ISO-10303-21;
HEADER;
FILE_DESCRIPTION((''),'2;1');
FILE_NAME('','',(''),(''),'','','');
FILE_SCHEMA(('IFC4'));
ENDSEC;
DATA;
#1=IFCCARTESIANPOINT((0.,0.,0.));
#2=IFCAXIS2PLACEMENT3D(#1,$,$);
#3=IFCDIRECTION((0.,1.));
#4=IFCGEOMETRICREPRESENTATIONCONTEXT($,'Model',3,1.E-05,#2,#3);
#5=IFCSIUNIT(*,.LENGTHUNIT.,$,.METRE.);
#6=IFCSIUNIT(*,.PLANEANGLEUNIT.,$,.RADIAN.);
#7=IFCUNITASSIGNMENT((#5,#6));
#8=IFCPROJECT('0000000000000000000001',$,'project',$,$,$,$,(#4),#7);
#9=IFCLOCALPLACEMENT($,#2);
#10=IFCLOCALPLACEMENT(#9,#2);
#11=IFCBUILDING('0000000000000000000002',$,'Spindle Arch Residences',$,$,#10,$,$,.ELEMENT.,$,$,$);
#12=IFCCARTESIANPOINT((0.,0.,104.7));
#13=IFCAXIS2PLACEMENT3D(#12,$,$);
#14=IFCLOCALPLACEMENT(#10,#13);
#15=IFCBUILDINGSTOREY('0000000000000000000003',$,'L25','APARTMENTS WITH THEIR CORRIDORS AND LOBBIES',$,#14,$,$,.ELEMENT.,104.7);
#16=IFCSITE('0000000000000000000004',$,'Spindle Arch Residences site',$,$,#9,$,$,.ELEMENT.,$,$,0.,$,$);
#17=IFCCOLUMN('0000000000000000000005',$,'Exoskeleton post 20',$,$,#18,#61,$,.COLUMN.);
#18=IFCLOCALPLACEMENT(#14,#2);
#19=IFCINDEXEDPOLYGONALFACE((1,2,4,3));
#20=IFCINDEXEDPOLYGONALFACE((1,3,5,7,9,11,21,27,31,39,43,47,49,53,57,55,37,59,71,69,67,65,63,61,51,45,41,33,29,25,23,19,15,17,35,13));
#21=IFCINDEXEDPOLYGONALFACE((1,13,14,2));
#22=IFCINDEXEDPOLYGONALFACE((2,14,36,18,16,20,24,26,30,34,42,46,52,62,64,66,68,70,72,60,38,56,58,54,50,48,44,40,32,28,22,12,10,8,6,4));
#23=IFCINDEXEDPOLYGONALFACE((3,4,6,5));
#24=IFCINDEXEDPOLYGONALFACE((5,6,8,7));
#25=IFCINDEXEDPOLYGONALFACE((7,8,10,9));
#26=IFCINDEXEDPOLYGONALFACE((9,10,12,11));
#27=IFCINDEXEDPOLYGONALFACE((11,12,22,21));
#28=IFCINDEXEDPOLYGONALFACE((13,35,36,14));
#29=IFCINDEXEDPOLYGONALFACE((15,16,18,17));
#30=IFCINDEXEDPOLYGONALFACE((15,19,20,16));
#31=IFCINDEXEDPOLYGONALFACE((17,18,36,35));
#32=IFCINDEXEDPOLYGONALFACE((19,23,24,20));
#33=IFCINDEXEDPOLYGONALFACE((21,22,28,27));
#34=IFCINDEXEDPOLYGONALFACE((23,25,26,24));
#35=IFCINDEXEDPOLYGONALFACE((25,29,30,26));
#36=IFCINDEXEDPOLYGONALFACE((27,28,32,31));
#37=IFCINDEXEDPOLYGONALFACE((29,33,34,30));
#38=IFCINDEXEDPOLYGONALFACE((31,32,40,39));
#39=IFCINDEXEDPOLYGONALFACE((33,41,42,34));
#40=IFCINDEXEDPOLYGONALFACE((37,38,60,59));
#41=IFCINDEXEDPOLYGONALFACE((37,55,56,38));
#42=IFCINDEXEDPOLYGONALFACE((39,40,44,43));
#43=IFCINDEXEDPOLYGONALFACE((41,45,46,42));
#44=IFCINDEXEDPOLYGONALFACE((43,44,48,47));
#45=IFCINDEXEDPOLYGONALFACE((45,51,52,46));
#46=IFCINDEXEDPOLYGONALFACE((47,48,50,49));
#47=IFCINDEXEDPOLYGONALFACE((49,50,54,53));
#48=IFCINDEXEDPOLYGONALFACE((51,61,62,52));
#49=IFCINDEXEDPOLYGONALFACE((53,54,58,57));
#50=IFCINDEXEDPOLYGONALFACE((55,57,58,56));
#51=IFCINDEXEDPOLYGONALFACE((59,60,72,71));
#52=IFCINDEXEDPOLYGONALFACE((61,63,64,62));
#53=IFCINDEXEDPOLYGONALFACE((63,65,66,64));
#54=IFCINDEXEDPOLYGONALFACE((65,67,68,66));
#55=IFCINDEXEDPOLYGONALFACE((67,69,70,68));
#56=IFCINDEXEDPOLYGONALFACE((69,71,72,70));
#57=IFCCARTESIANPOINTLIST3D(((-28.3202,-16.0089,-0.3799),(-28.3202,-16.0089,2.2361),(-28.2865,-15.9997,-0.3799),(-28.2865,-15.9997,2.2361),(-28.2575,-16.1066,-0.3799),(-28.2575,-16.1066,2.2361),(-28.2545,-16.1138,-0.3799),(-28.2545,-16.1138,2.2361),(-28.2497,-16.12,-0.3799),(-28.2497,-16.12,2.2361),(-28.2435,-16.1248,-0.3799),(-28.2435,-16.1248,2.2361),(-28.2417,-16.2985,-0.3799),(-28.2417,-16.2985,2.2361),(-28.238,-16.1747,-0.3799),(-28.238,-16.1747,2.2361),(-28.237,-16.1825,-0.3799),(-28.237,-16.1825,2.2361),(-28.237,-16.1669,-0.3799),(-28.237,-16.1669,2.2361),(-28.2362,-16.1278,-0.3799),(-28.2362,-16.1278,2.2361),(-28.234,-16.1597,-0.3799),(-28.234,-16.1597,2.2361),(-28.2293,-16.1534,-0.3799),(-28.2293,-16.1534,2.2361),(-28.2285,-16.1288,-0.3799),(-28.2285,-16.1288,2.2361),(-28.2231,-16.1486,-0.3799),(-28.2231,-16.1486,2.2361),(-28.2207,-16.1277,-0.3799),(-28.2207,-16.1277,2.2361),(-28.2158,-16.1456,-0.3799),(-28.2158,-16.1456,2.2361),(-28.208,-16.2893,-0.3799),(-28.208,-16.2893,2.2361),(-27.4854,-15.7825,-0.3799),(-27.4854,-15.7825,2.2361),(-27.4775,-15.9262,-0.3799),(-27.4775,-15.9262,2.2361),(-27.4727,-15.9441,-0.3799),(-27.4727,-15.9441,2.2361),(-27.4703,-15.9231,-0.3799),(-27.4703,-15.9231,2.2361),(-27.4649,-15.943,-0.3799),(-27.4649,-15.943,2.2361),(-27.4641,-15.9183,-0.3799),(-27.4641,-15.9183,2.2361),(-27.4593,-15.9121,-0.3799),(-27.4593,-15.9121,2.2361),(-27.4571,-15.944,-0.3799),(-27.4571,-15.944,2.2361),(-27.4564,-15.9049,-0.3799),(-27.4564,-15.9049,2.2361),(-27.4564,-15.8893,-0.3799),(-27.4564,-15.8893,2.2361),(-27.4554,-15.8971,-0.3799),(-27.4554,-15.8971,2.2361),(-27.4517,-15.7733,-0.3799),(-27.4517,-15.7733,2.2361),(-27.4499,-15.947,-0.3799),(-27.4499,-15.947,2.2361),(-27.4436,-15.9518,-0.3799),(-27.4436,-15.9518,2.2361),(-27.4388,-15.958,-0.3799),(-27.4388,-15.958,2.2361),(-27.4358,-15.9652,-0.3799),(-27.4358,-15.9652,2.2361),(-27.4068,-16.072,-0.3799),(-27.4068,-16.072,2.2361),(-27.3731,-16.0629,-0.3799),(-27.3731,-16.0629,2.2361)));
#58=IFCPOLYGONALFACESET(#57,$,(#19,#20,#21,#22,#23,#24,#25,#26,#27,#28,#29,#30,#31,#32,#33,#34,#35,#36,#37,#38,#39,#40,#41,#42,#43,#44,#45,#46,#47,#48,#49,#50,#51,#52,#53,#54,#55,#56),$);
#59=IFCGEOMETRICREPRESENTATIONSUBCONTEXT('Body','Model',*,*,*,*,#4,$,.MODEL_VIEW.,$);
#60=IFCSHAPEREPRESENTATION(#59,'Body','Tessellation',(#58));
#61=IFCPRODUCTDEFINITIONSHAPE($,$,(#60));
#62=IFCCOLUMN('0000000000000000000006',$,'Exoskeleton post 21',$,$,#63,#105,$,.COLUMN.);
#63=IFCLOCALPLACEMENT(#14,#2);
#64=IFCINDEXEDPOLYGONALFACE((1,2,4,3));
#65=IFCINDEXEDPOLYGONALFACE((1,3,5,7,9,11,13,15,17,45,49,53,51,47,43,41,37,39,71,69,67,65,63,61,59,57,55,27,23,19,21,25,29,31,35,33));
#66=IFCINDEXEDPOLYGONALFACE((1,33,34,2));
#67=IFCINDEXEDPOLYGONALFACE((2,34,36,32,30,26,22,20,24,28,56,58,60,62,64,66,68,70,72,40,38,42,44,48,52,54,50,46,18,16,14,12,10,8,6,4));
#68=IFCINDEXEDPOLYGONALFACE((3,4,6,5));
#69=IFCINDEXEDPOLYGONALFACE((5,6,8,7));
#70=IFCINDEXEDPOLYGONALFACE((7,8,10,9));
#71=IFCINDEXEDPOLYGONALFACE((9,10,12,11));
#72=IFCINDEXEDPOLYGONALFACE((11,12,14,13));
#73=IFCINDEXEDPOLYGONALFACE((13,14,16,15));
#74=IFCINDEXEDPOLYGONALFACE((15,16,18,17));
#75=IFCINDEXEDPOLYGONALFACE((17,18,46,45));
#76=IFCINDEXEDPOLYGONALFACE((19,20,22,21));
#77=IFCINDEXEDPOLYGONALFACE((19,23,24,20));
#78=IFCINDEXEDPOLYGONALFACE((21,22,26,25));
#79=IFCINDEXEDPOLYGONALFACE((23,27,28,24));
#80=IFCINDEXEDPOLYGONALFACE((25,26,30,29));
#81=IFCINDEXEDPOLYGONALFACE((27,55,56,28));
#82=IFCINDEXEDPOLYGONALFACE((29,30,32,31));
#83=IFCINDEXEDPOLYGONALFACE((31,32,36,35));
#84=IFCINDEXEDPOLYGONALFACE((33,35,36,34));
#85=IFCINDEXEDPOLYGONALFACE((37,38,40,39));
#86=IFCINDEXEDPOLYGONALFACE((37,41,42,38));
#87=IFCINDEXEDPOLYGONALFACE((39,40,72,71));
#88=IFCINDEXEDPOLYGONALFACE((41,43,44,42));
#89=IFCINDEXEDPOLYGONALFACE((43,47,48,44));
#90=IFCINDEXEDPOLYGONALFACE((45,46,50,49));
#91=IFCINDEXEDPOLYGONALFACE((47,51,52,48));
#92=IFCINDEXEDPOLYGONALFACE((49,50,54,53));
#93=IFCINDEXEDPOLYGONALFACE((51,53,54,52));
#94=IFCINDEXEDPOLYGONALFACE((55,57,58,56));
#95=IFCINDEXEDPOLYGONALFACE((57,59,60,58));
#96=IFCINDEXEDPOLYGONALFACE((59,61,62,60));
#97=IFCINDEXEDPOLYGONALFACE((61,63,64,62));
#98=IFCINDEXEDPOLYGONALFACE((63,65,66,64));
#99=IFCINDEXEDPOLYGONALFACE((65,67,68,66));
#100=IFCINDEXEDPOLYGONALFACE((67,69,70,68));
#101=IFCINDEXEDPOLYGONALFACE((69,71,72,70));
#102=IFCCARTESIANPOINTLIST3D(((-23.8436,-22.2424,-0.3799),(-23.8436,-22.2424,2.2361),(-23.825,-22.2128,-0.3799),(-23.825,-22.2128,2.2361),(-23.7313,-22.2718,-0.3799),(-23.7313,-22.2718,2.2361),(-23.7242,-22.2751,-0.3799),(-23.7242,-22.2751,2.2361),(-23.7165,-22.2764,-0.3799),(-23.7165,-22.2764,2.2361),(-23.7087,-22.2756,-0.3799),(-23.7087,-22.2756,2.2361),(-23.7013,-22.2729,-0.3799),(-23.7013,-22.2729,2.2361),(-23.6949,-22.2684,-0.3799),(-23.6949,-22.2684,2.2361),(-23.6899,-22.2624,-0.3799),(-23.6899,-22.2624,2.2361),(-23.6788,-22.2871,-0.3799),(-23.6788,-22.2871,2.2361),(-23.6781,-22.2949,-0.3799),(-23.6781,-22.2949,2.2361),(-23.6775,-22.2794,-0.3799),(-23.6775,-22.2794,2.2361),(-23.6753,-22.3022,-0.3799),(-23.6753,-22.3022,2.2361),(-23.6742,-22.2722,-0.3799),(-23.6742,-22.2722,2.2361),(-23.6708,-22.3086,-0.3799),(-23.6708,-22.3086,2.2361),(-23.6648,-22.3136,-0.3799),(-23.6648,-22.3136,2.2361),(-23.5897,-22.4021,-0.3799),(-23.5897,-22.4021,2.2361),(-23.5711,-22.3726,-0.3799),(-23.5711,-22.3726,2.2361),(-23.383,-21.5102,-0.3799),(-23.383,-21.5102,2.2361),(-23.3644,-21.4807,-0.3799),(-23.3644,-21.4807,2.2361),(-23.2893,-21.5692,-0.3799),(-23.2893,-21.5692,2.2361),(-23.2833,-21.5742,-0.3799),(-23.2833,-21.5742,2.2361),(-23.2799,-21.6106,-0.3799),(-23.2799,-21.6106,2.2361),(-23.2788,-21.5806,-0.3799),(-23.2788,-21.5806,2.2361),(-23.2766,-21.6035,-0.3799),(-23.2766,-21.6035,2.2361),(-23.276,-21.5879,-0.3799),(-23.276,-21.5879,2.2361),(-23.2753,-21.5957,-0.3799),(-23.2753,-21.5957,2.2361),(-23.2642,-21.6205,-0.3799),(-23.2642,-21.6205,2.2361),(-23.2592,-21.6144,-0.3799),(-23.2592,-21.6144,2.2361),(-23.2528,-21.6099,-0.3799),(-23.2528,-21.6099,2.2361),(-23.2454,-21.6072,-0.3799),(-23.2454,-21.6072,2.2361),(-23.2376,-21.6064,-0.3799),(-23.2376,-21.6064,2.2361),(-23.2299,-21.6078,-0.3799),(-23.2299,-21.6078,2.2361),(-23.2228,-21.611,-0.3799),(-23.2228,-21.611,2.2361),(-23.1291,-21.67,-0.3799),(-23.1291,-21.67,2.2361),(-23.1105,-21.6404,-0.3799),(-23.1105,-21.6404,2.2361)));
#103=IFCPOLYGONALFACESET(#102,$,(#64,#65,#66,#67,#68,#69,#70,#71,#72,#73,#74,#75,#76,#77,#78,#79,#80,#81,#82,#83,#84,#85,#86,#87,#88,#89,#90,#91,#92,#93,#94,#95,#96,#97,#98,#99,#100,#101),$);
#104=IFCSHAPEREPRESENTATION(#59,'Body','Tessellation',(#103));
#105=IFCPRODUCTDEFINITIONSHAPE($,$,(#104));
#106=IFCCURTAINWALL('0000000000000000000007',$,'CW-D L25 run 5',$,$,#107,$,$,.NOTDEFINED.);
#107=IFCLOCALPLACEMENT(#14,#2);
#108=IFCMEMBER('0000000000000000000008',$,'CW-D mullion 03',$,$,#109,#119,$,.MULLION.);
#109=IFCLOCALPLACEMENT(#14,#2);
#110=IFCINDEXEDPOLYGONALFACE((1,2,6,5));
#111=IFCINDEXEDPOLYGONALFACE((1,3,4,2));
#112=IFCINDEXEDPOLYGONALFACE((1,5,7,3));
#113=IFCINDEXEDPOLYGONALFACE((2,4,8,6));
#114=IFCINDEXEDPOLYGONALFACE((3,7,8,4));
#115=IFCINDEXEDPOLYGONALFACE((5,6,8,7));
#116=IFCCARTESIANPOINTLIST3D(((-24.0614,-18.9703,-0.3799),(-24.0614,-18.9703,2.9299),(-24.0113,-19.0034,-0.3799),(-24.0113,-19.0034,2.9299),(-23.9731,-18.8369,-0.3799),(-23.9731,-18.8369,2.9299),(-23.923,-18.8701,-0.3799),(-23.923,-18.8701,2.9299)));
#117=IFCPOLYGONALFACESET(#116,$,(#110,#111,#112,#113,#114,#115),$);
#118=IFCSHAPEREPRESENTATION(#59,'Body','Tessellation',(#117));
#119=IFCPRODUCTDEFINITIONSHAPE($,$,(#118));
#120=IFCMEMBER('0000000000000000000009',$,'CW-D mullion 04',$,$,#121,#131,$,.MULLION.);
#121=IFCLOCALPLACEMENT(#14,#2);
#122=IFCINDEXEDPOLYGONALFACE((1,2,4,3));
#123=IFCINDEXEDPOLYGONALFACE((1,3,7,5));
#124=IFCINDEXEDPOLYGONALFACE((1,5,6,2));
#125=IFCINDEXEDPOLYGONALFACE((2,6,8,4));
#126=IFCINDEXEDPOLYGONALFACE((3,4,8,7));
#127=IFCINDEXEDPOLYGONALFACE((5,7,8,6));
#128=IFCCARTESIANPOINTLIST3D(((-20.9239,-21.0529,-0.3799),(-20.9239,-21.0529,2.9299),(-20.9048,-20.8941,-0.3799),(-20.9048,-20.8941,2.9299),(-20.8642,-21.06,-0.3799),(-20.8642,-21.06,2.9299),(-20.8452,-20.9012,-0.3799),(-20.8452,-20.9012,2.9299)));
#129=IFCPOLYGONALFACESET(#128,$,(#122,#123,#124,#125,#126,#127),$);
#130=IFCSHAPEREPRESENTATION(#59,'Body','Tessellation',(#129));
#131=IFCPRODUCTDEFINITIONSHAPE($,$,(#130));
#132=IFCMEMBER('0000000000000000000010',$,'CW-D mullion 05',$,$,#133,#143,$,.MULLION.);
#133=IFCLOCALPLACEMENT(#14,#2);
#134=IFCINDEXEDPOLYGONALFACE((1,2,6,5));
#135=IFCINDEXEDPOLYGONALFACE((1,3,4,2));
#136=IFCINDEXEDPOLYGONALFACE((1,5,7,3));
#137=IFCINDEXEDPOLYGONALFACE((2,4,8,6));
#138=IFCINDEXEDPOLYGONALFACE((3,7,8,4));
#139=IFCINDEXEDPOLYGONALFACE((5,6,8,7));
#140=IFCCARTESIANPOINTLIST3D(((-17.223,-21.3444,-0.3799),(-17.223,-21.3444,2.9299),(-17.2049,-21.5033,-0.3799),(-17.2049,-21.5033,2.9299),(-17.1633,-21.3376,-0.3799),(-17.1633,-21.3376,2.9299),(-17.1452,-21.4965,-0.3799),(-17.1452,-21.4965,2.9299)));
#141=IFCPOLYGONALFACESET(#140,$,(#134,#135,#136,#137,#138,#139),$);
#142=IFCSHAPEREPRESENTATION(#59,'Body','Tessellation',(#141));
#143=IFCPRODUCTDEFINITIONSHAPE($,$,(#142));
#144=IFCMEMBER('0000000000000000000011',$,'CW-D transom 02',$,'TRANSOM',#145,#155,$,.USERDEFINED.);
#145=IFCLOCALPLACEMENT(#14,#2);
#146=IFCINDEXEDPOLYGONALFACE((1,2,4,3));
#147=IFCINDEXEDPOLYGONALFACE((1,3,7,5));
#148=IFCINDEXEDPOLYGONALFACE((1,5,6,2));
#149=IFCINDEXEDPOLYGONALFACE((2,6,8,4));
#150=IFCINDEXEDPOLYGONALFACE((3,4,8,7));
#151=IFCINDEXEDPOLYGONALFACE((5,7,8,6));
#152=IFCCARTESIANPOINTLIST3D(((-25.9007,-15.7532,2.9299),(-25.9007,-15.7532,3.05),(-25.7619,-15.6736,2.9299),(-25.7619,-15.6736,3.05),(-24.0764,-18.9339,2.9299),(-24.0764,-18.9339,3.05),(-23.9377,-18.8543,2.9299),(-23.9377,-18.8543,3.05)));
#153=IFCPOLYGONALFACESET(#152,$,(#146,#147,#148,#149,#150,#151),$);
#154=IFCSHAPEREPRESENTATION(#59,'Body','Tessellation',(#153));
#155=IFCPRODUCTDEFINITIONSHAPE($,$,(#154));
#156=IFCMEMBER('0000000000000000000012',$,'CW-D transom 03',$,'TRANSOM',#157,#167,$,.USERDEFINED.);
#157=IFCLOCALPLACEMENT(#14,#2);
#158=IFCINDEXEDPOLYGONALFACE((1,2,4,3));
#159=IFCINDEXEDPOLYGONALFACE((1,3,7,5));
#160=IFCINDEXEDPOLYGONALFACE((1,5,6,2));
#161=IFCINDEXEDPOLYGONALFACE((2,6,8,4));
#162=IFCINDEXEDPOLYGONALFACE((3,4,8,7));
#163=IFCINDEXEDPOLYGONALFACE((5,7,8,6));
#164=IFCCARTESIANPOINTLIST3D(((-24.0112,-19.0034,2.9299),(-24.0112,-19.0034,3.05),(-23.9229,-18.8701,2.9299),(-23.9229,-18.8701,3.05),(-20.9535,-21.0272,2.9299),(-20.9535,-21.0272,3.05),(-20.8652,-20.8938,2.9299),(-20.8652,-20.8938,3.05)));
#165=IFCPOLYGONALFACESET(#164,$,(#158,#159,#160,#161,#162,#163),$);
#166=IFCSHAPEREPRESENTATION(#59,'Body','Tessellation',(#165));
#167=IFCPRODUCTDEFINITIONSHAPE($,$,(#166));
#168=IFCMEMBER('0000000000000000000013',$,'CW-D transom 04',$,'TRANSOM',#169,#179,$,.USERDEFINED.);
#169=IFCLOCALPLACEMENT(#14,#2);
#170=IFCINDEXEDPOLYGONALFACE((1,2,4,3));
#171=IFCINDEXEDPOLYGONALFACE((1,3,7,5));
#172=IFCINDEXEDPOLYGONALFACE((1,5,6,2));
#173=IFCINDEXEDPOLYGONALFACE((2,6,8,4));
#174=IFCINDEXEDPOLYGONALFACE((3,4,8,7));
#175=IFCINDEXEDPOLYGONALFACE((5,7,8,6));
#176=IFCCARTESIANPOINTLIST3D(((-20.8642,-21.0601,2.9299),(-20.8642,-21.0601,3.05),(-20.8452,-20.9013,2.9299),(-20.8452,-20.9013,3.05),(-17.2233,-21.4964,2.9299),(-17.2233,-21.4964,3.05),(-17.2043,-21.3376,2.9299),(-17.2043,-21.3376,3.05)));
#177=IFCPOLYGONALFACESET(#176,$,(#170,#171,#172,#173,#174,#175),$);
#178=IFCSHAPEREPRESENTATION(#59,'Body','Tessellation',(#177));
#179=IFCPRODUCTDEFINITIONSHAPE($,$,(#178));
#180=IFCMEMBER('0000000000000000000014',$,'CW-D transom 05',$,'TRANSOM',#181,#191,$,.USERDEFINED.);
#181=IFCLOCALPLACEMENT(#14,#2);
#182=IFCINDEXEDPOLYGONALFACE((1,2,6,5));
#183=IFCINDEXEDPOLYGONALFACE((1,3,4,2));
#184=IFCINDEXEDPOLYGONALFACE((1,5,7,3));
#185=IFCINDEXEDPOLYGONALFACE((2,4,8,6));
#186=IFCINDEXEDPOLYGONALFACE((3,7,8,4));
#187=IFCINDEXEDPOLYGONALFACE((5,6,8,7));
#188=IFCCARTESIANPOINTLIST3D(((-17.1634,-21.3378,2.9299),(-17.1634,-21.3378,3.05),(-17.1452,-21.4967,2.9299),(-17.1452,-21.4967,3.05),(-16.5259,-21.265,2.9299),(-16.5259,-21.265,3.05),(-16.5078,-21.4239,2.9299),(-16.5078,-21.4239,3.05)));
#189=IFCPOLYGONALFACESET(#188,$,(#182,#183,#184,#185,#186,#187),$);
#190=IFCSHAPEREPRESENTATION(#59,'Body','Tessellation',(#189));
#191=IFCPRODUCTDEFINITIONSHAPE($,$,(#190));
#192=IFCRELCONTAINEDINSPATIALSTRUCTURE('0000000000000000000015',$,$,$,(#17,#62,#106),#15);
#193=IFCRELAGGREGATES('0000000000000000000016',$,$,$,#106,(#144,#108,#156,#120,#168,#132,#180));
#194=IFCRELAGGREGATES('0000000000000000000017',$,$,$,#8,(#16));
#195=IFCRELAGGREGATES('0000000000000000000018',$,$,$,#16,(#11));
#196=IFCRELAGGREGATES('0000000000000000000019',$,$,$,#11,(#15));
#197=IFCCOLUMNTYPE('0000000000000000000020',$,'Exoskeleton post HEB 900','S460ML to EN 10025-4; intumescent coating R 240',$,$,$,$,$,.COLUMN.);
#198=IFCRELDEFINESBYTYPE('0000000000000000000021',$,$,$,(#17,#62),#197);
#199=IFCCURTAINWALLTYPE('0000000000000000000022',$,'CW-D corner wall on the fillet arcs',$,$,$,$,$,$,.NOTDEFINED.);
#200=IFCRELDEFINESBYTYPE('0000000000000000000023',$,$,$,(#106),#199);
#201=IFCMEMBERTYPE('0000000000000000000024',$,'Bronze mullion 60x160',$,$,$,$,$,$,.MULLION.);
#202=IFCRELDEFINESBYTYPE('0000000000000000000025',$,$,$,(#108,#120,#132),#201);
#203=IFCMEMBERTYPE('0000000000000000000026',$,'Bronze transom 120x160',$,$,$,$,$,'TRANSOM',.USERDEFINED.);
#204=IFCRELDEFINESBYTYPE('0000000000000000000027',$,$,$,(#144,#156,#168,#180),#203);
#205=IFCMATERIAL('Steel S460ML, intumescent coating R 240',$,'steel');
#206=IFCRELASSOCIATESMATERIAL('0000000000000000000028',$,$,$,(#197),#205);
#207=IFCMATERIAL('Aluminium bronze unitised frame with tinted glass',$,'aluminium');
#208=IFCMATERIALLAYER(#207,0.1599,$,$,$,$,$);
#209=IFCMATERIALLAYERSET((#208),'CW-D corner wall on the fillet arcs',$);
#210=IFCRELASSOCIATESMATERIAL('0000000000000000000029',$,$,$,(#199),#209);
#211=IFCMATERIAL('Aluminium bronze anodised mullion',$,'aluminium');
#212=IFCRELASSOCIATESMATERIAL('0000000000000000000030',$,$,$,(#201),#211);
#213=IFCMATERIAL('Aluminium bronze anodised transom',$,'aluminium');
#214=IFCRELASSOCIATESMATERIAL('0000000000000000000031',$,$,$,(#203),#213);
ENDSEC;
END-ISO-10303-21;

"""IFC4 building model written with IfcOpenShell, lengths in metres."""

from ifc_helpers import new_model, si_unit, direction, frame, origin, origin_2d, place, context, subcontext, project, spatial, rectangle, i_section, extrude, material, layer, layer_set, material_profile, profile_set, type_object, element, aggregate, save


model = new_model("IFC4")

# Units and contexts
model_context = context("Model", 3, precision=1e-05, world=origin(), true_north=direction((0.0, 1.0)))
body_context = subcontext(model_context, "Body", "Model", "MODEL_VIEW")
ifc_project = project(units=[si_unit("LENGTHUNIT", "METRE"), si_unit("PLANEANGLEUNIT", "RADIAN")], contexts=[model_context])

# Site, building, storey
site_placement = place(None, origin())
site = spatial("IfcSite", under=ifc_project, at=site_placement, Name="Spindle Arch Residences site", CompositionType="ELEMENT", RefElevation=0.0)
building_placement = place(site_placement, origin())
building = spatial("IfcBuilding", under=site, at=building_placement, Name="Spindle Arch Residences", CompositionType="ELEMENT")
storey_placement = place(building_placement, frame((0.0, 0.0, 104.7)))
storey = spatial("IfcBuildingStorey", under=building, at=storey_placement, Name="L25", Description="APARTMENTS WITH THEIR CORRIDORS AND LOBBIES", CompositionType="ELEMENT", Elevation=104.7)

# Columns
ifc_material_1 = material(Name="Steel S460ML, intumescent coating R 240", Category="steel")
ifc_material_profile_1 = material_profile(ifc_material_1, i_section(OverallWidth=0.3, OverallDepth=0.8999, WebThickness=0.0186, FlangeThickness=0.0349, FilletRadius=0.03, at=origin_2d()), Name="HEB 900")
ifc_profile_set_1 = profile_set([ifc_material_profile_1], Name="Steel S460ML, intumescent coating R 240")
column_type = type_object("IfcColumnType", Name="Exoskeleton post HEB 900", Description="S460ML to EN 10025-4; intumescent coating R 240", PredefinedType="COLUMN", material=ifc_profile_set_1)
for number, where, z_axis, x_axis, name in (
    (1, (-27.8467, -16.0359, -0.3799), (0.0, 0.0, 1.0), (-0.261742, 0.965138, 0.0), "Exoskeleton post 20"),
    (2, (-23.4771, -21.9414, -0.3799), (0.0, 0.0, 1.0), (-0.84644, 0.532484, 0.0), "Exoskeleton post 21"),
):
    element("IfcColumn", number, at=place(storey_placement, frame(where, z_axis=z_axis, x_axis=x_axis)), inside=storey, type_object=column_type, Name=name, PredefinedType="COLUMN", context=body_context, shape_type="SweptSolid", body=[
        extrude(i_section(OverallWidth=0.3, OverallDepth=0.8999, WebThickness=0.0186, FlangeThickness=0.0349, FilletRadius=0.03, at=origin_2d()), origin(), (0.0, 0.0, 1.0), 2.616),
    ])

# Curtain wall, members
ifc_material_2 = material(Name="Aluminium bronze unitised frame with tinted glass", Category="aluminium")
ifc_layer_1 = layer(ifc_material_2, 0.1599)
ifc_layer_set_1 = layer_set([ifc_layer_1], Name="CW-D corner wall on the fillet arcs")
curtain_wall_type = type_object("IfcCurtainWallType", Name="CW-D corner wall on the fillet arcs", PredefinedType="NOTDEFINED", material=ifc_layer_set_1)
curtain_wall_placement = place(storey_placement, origin())
curtain_wall = element("IfcCurtainWall", 3, at=curtain_wall_placement, inside=storey, type_object=curtain_wall_type, Name="CW-D L25 run 5", PredefinedType="NOTDEFINED")
ifc_material_3 = material(Name="Aluminium bronze anodised mullion", Category="aluminium")
ifc_material_profile_2 = material_profile(ifc_material_3, rectangle(XDim=0.1599, YDim=0.0601, at=origin_2d()), Name="MU 60x160")
ifc_profile_set_2 = profile_set([ifc_material_profile_2], Name="Aluminium bronze anodised mullion")
member_type_1 = type_object("IfcMemberType", Name="Bronze mullion 60x160", PredefinedType="MULLION", material=ifc_profile_set_2)
member_1_placement = place(storey_placement, frame((-23.9922, -18.9202, -0.3799), z_axis=(0.0, 0.0, 1.0), x_axis=(0.551937, 0.833886, 0.0)))
member_1 = element("IfcMember", 4, at=member_1_placement, type_object=member_type_1, Name="CW-D mullion 03", PredefinedType="MULLION", context=body_context, shape_type="SweptSolid", body=[
    extrude(rectangle(XDim=0.1599, YDim=0.0601, at=origin_2d()), origin(), (0.0, 0.0, 1.0), 3.3098),
])
member_2_placement = place(storey_placement, frame((-20.8845, -20.9771, -0.3799), z_axis=(0.0, 0.0, 1.0), x_axis=(0.118982, 0.992896, 0.0)))
member_2 = element("IfcMember", 5, at=member_2_placement, type_object=member_type_1, Name="CW-D mullion 04", PredefinedType="MULLION", context=body_context, shape_type="SweptSolid", body=[
    extrude(rectangle(XDim=0.1599, YDim=0.0601, at=origin_2d()), origin(), (0.0, 0.0, 1.0), 3.3098),
])
member_3_placement = place(storey_placement, frame((-17.1841, -21.4204, -0.3799), z_axis=(0.0, 0.0, 1.0), x_axis=(-0.113203, 0.993572, 0.0)))
member_3 = element("IfcMember", 6, at=member_3_placement, type_object=member_type_1, Name="CW-D mullion 05", PredefinedType="MULLION", context=body_context, shape_type="SweptSolid", body=[
    extrude(rectangle(XDim=0.1599, YDim=0.0601, at=origin_2d()), origin(), (0.0, 0.0, 1.0), 3.3098),
])
ifc_material_4 = material(Name="Aluminium bronze anodised transom", Category="aluminium")
ifc_material_profile_3 = material_profile(ifc_material_4, rectangle(XDim=0.1599, YDim=0.1201, at=origin_2d()), Name="TR 120x160")
ifc_profile_set_3 = profile_set([ifc_material_profile_3], Name="Aluminium bronze anodised transom")
member_type_2 = type_object("IfcMemberType", Name="Bronze transom 120x160", ElementType="TRANSOM", PredefinedType="USERDEFINED", material=ifc_profile_set_3)
member_4_placement = place(storey_placement, frame((-25.8313, -15.7134, 2.99), z_axis=(0.497515, -0.867455, 0.0), x_axis=(0.867455, 0.497515, 0.0)))
member_4 = element("IfcMember", 7, at=member_4_placement, type_object=member_type_2, Name="CW-D transom 02", ObjectType="TRANSOM", PredefinedType="USERDEFINED", context=body_context, shape_type="SweptSolid", body=[
    extrude(rectangle(XDim=0.1599, YDim=0.1201, at=origin_2d()), origin(), (0.0, 0.0, 1.0), 3.6667),
])
member_5_placement = place(storey_placement, frame((-23.967, -18.9368, 2.99), z_axis=(0.8339, -0.551916, 0.0), x_axis=(0.551916, 0.8339, 0.0)))
member_5 = element("IfcMember", 8, at=member_5_placement, type_object=member_type_2, Name="CW-D transom 03", ObjectType="TRANSOM", PredefinedType="USERDEFINED", context=body_context, shape_type="SweptSolid", body=[
    extrude(rectangle(XDim=0.1599, YDim=0.1201, at=origin_2d()), origin(), (0.0, 0.0, 1.0), 3.6667),
])
member_6_placement = place(storey_placement, frame((-20.8547, -20.9807, 2.99), z_axis=(0.992897, -0.118977, 0.0), x_axis=(0.118977, 0.992897, 0.0)))
member_6 = element("IfcMember", 9, at=member_6_placement, type_object=member_type_2, Name="CW-D transom 04", ObjectType="TRANSOM", PredefinedType="USERDEFINED", context=body_context, shape_type="SweptSolid", body=[
    extrude(rectangle(XDim=0.1599, YDim=0.1201, at=origin_2d()), origin(), (0.0, 0.0, 1.0), 3.667),
])
member_7_placement = place(storey_placement, frame((-17.1543, -21.4172, 2.99), z_axis=(0.99355, 0.113396, 0.0), x_axis=(-0.113396, 0.99355, 0.0)))
member_7 = element("IfcMember", 10, at=member_7_placement, type_object=member_type_2, Name="CW-D transom 05", ObjectType="TRANSOM", PredefinedType="USERDEFINED", context=body_context, shape_type="SweptSolid", body=[
    extrude(rectangle(XDim=0.1599, YDim=0.1201, at=origin_2d()), origin(), (0.0, 0.0, 1.0), 0.6416),
])

aggregate(curtain_wall, [member_4, member_1, member_5, member_2, member_6, member_3, member_7])

save(model, "model.ifc")
